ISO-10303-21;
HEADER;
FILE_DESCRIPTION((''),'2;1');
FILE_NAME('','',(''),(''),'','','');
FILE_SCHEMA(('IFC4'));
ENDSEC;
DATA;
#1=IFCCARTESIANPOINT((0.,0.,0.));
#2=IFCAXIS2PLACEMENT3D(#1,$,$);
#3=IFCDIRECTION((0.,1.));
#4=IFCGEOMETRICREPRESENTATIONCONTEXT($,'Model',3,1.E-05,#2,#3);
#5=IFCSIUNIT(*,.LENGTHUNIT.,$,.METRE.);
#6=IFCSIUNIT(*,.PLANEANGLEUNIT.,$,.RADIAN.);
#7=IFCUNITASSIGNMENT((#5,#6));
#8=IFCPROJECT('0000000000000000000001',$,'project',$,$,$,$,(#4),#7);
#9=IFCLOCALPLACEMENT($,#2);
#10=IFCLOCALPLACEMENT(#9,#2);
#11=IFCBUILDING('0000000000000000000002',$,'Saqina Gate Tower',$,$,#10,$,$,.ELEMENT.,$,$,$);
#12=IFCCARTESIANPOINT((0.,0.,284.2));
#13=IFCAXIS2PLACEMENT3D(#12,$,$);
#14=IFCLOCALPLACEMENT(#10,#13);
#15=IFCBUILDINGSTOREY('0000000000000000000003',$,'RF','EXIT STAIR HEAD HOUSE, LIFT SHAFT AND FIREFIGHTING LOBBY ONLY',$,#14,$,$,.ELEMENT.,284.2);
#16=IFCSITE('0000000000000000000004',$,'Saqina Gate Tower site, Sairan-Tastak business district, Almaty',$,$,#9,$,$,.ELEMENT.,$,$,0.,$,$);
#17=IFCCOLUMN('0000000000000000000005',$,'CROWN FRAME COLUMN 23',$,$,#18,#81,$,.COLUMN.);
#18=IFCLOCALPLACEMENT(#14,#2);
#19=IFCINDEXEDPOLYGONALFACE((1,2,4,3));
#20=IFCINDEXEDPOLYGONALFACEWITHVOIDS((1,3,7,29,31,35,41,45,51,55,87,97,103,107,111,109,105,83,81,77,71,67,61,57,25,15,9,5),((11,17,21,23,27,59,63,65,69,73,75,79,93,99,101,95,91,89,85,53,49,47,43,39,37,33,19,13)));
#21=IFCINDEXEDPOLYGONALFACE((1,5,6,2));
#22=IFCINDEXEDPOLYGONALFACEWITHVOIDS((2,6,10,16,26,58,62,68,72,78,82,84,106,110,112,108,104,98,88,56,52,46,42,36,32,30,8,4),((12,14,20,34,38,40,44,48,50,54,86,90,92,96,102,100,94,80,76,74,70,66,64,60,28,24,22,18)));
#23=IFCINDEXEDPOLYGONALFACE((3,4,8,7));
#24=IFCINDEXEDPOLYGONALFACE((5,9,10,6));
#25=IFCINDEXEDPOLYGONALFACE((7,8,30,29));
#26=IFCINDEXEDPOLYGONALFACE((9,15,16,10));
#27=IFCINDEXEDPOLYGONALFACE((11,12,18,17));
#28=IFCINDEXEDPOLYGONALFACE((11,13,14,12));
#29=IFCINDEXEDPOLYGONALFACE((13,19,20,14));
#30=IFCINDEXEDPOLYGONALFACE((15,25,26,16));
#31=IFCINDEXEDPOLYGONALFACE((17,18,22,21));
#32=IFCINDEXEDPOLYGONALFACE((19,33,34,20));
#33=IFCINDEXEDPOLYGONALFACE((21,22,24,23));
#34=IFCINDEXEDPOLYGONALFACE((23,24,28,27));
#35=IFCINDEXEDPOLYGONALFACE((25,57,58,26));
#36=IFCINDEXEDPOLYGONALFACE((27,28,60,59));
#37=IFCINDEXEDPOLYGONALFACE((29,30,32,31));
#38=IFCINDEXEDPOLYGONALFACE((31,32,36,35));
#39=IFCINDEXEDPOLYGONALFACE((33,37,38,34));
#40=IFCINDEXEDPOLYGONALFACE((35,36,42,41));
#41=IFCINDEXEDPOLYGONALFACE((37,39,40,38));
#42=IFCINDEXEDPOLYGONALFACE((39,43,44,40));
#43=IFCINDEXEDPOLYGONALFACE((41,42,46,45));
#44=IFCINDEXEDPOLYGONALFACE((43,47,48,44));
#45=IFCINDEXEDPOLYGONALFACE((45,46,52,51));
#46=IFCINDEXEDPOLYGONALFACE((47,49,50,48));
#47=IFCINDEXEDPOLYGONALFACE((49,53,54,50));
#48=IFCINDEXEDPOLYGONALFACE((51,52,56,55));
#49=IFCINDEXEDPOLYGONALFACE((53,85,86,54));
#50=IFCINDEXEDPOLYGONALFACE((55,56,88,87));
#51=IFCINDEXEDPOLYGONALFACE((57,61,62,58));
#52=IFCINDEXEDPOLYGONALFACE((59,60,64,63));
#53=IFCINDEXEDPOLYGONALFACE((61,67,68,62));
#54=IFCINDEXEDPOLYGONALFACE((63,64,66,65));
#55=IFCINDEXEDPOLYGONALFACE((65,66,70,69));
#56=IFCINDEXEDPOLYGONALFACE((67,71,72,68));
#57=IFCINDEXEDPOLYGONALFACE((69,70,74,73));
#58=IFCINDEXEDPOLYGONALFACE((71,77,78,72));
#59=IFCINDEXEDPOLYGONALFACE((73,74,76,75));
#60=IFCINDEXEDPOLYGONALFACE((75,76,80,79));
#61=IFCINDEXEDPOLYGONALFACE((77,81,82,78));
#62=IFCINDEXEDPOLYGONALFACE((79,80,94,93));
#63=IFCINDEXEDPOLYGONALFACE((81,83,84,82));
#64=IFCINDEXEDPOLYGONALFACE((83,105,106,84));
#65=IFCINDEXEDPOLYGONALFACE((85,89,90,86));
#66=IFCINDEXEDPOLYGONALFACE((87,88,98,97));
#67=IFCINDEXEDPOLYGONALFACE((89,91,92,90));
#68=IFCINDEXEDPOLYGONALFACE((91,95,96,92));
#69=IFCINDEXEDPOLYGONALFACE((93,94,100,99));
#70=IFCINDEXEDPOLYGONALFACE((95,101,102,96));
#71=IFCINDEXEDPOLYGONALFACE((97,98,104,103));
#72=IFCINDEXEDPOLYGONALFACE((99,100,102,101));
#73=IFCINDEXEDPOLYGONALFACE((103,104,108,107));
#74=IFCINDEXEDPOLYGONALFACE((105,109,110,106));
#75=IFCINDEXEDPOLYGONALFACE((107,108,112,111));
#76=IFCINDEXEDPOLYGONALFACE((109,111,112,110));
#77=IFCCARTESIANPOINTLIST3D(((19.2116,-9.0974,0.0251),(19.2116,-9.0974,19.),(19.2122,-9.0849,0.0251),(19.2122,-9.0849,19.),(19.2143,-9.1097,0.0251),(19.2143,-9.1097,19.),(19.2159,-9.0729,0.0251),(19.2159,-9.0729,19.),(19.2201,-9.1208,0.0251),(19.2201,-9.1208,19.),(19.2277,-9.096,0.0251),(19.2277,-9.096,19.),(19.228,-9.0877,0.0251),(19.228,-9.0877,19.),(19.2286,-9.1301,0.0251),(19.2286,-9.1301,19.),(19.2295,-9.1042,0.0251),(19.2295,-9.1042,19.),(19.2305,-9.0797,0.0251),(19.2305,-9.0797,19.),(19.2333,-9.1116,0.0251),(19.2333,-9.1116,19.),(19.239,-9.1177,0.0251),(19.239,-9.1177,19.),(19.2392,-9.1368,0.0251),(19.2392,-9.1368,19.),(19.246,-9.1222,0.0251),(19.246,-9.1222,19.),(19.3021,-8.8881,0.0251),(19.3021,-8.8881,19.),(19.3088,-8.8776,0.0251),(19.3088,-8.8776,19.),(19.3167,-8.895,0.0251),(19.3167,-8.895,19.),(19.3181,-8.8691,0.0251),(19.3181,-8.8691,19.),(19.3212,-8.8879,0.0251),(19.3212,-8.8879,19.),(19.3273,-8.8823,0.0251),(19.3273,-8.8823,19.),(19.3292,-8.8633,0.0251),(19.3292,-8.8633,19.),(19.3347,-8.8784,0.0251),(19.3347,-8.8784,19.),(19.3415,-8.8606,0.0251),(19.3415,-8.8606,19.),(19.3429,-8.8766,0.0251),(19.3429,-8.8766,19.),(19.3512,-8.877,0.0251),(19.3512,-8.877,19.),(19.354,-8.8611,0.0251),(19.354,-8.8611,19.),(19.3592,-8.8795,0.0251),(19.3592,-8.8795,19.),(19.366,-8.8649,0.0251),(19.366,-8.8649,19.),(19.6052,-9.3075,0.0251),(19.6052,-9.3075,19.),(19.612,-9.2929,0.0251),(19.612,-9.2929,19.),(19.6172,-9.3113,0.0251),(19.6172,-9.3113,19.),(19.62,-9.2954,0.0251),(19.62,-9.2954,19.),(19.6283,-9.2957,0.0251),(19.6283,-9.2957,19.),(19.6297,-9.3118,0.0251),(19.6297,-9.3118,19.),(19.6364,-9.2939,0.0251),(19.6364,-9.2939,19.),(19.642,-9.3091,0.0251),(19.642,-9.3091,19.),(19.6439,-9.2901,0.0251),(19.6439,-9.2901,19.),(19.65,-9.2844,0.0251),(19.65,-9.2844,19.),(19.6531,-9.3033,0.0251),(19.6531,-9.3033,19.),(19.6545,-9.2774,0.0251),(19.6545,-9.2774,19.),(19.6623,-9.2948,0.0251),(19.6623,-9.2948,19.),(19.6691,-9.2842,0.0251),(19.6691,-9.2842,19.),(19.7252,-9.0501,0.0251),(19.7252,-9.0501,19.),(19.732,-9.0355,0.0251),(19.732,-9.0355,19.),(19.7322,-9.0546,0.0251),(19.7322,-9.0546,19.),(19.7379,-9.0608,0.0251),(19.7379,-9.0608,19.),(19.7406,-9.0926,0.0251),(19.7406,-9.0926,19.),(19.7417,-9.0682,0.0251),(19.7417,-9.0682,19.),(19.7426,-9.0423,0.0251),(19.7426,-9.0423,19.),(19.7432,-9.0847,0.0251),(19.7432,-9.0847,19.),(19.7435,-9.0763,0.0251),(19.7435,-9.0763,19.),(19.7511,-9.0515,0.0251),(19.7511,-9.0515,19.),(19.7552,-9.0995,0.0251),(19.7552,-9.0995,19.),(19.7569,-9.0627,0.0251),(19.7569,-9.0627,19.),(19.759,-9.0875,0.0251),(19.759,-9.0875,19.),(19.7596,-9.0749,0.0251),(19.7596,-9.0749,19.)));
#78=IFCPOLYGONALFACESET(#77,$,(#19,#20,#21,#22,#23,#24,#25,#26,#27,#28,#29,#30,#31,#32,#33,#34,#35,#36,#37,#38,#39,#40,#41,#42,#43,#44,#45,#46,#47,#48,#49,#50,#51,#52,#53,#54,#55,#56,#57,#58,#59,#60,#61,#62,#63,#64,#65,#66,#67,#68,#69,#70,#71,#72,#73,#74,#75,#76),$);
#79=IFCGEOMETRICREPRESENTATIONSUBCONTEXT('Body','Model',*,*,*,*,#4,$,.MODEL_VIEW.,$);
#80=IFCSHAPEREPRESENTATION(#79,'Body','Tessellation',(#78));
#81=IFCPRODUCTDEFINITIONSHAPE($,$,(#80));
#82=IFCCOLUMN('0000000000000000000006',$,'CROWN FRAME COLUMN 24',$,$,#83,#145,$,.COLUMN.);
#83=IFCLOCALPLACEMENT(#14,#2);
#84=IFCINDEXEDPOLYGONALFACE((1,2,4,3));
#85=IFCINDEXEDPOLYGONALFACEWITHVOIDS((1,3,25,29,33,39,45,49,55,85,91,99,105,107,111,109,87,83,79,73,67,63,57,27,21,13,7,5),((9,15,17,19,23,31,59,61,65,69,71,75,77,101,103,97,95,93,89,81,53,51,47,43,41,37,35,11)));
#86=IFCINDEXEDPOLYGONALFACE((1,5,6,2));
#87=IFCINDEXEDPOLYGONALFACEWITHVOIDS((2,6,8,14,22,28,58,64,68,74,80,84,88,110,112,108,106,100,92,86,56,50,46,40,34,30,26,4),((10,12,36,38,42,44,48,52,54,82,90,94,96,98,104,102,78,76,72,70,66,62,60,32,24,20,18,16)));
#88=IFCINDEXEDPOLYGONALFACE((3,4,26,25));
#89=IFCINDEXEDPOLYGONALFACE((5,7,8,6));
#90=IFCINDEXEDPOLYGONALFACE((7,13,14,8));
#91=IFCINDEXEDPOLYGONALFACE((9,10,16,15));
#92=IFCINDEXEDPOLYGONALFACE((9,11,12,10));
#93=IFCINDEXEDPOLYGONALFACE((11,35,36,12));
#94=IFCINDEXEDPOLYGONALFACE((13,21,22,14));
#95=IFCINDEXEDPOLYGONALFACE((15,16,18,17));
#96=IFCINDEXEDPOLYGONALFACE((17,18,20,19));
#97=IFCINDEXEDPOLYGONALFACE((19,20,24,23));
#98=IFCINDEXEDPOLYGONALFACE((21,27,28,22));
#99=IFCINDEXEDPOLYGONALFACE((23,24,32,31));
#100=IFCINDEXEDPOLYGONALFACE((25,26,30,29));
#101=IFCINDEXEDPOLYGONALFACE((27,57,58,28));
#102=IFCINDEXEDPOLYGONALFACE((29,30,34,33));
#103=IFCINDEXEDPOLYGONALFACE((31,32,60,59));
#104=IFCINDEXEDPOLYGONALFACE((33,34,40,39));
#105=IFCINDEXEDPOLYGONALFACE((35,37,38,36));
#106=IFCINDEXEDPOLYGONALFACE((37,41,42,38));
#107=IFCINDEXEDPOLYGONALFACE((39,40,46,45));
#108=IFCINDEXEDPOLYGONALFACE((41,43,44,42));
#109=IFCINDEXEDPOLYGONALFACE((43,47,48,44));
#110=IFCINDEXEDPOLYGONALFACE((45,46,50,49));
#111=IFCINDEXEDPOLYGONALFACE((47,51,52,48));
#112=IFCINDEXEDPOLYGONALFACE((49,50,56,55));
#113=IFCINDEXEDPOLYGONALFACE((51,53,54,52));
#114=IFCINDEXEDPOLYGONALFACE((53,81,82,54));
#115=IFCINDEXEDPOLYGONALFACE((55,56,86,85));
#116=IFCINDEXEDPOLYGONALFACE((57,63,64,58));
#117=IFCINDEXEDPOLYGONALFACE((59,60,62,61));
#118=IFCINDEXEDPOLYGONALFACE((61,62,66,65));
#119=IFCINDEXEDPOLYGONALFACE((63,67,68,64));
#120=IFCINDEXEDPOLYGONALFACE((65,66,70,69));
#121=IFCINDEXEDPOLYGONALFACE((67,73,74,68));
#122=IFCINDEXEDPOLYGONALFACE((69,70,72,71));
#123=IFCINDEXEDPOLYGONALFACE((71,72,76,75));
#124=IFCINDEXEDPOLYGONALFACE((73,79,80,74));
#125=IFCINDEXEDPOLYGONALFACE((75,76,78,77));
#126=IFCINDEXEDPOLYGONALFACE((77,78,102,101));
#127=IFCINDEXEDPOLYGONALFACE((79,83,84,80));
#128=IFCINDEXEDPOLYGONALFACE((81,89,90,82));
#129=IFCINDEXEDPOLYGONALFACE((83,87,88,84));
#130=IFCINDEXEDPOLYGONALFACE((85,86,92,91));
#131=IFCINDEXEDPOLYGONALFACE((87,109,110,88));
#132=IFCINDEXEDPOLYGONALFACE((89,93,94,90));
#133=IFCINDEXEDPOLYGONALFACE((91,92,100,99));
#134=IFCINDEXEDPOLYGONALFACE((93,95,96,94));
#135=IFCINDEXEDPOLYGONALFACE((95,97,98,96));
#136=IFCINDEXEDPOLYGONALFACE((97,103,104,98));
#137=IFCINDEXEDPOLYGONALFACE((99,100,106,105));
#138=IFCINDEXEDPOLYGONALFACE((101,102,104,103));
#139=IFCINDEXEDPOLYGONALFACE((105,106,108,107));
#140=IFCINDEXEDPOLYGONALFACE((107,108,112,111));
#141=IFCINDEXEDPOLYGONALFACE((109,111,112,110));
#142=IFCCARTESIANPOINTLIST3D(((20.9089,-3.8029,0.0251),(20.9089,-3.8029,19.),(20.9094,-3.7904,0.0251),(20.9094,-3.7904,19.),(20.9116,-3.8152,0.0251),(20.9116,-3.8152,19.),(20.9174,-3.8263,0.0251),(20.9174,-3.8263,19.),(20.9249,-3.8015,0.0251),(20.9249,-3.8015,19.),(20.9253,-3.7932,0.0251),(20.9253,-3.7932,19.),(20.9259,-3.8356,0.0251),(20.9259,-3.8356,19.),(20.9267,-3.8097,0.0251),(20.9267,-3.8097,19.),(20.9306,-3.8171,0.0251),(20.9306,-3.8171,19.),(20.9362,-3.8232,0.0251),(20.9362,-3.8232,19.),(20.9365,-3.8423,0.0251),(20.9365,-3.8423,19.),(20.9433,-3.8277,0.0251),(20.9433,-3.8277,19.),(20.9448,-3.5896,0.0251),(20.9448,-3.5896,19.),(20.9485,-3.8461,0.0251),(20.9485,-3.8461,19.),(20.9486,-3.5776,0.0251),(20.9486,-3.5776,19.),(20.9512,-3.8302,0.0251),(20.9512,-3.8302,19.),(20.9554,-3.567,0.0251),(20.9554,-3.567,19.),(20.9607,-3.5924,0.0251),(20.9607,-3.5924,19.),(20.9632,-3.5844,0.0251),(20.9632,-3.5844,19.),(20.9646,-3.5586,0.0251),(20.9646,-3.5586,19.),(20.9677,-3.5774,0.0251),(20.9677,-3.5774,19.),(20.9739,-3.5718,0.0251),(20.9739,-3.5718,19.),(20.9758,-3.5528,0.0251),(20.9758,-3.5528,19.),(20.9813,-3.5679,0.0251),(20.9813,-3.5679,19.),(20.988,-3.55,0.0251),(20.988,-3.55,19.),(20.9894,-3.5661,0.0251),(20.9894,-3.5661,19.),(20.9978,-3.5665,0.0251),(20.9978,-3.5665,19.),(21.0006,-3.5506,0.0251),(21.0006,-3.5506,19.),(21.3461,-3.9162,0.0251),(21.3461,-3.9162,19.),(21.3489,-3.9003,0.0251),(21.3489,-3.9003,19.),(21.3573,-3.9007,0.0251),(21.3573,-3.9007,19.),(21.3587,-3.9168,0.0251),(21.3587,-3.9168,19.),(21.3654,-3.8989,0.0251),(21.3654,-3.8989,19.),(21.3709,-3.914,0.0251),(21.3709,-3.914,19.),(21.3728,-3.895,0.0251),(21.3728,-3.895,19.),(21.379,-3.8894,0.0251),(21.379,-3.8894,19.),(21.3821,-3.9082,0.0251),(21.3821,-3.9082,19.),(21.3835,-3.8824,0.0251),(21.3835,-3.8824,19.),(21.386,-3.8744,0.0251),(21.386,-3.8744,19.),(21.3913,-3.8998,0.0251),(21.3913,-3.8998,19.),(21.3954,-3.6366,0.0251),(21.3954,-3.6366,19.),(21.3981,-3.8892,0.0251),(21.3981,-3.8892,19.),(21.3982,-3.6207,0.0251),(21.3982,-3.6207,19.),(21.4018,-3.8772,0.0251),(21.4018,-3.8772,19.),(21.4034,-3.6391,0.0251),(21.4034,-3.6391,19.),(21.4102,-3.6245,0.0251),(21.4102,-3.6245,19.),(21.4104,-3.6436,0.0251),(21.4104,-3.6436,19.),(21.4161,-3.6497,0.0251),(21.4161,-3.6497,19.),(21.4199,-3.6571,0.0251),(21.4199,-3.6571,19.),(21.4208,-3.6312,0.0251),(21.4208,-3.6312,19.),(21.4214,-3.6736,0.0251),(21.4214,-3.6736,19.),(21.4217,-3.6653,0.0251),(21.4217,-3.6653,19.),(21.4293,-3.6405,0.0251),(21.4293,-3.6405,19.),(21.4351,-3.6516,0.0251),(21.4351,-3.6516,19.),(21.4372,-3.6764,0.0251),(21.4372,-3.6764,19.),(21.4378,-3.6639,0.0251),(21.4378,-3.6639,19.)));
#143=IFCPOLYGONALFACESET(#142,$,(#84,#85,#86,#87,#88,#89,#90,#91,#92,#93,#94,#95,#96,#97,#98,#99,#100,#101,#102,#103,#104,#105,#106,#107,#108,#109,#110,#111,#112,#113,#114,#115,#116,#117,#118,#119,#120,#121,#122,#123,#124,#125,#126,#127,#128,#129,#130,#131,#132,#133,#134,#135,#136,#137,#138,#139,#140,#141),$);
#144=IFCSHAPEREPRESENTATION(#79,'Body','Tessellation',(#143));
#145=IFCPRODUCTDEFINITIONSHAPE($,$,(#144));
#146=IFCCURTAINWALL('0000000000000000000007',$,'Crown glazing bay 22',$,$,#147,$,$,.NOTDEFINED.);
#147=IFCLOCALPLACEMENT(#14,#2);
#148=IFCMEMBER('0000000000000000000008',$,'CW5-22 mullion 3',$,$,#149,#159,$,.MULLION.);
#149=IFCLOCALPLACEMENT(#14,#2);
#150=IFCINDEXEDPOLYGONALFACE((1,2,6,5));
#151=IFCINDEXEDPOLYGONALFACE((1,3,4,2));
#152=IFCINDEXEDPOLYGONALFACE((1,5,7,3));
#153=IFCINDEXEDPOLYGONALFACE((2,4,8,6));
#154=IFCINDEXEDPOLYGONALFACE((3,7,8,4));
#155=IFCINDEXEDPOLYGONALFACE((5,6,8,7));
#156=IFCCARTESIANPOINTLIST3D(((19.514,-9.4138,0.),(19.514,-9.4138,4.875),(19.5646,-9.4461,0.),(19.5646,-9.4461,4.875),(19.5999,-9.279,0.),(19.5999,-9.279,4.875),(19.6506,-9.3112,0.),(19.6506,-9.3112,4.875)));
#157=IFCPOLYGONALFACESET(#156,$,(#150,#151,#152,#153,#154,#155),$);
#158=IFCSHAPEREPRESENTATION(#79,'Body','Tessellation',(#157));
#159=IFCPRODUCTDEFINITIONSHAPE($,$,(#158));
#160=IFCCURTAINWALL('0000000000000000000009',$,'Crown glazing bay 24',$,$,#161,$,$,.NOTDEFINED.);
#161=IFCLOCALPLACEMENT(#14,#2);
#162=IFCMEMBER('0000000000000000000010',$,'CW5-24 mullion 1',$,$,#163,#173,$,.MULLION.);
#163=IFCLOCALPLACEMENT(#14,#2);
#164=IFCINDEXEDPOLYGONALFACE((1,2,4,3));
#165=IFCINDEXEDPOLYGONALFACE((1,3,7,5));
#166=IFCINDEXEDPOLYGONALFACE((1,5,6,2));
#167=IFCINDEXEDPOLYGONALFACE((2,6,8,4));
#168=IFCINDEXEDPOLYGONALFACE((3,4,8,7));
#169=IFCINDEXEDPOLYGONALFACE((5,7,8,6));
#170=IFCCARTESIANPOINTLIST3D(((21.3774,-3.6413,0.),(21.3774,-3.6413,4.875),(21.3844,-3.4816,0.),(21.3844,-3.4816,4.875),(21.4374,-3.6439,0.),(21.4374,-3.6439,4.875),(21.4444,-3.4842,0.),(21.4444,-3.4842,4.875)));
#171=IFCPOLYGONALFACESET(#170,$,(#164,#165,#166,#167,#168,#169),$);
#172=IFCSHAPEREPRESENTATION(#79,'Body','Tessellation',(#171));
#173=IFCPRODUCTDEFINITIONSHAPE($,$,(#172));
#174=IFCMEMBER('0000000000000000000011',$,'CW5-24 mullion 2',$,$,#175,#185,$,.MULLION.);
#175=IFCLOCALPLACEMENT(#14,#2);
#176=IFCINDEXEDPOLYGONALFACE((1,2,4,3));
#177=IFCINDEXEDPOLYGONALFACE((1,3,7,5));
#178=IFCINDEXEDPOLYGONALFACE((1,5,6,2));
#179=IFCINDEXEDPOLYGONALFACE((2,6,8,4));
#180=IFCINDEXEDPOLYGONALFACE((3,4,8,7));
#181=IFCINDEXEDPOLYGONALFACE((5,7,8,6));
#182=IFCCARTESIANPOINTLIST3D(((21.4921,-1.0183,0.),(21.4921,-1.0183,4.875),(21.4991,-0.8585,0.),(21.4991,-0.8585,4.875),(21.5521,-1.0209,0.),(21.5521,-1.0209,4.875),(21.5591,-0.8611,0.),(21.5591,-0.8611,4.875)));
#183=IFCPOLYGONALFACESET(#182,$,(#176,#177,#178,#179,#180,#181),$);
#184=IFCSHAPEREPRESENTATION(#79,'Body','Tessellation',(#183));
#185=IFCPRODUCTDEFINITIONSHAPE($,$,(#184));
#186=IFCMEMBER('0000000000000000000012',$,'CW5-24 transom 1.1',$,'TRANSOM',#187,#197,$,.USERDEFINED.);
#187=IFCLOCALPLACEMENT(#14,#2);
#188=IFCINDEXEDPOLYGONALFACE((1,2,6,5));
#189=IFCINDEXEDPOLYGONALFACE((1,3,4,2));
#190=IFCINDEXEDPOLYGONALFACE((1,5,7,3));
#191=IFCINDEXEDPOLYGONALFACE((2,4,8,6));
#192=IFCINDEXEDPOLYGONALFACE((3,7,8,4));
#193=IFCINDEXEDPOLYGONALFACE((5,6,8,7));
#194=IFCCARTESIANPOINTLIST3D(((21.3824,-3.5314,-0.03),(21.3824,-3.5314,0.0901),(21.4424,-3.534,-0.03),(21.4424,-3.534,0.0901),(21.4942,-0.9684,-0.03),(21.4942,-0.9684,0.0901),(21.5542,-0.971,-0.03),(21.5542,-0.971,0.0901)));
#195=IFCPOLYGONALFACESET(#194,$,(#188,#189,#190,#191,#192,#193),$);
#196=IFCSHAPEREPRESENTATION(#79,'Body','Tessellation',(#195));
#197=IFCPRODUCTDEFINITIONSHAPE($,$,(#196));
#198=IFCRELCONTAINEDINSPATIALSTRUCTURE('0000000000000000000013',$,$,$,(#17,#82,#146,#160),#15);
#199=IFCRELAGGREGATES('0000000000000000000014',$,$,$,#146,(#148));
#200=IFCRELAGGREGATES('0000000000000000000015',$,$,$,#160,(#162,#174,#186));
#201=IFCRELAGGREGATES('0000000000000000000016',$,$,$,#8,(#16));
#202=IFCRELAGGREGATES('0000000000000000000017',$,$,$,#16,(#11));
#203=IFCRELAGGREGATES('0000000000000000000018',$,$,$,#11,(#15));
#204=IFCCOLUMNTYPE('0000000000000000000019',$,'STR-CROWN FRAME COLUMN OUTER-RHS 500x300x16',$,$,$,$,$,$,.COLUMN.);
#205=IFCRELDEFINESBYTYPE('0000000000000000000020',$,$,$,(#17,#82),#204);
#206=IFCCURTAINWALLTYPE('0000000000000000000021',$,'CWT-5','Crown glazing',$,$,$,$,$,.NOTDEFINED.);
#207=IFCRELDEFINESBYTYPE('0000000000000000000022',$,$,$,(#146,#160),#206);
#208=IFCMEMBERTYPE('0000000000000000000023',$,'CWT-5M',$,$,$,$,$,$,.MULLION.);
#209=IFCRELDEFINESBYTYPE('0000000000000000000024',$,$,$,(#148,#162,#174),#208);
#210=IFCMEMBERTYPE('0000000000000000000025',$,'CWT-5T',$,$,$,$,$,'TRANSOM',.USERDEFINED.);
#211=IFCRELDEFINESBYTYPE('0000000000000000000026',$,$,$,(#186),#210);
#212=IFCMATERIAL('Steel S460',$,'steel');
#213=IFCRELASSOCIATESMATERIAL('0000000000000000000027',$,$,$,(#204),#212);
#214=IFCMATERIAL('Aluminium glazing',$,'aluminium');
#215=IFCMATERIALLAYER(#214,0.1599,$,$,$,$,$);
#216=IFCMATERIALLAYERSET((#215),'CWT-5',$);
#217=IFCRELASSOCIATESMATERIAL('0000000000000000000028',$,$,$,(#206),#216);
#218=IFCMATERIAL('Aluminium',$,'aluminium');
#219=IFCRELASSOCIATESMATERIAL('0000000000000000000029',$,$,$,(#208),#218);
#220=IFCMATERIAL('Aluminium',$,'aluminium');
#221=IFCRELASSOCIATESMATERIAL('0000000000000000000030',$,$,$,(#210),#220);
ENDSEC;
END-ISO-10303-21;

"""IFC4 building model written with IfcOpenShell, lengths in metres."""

from ifc_helpers import new_model, si_unit, direction, frame, origin, origin_2d, place, context, subcontext, project, spatial, rectangle, hollow_rectangle, extrude, material, layer, layer_set, material_profile, profile_set, type_object, element, aggregate, save


model = new_model("IFC4")

# Units and contexts
model_context = context("Model", 3, precision=1e-05, world=origin(), true_north=direction((0.0, 1.0)))
body_context = subcontext(model_context, "Body", "Model", "MODEL_VIEW")
ifc_project = project(units=[si_unit("LENGTHUNIT", "METRE"), si_unit("PLANEANGLEUNIT", "RADIAN")], contexts=[model_context])

# Site, building, storey
site_placement = place(None, origin())
site = spatial("IfcSite", under=ifc_project, at=site_placement, Name="Saqina Gate Tower site, Sairan-Tastak business district, Almaty", CompositionType="ELEMENT", RefElevation=0.0)
building_placement = place(site_placement, origin())
building = spatial("IfcBuilding", under=site, at=building_placement, Name="Saqina Gate Tower", CompositionType="ELEMENT")
storey_placement = place(building_placement, frame((0.0, 0.0, 284.2)))
storey = spatial("IfcBuildingStorey", under=building, at=storey_placement, Name="RF", Description="EXIT STAIR HEAD HOUSE, LIFT SHAFT AND FIREFIGHTING LOBBY ONLY", CompositionType="ELEMENT", Elevation=284.2)

# Columns
ifc_material_1 = material(Name="Steel S460", Category="steel")
ifc_material_profile_1 = material_profile(ifc_material_1, hollow_rectangle(XDim=0.3, YDim=0.5, WallThickness=0.0161, InnerFilletRadius=0.032, OuterFilletRadius=0.0481, at=origin_2d()), Name="RHS 500x300x16")
ifc_profile_set_1 = profile_set([ifc_material_profile_1], Name="Steel S460")
column_type = type_object("IfcColumnType", Name="STR-CROWN FRAME COLUMN OUTER-RHS 500x300x16", PredefinedType="COLUMN", material=ifc_profile_set_1)
for number, where, z_axis, x_axis, name in (
    (1, (19.4856, -9.0862, 0.0251), (0.0, 0.0, 1.0), (0.422618, 0.906308, 0.0), "CROWN FRAME COLUMN 23"),
    (2, (21.1733, -3.7334, 0.0251), (0.0, 0.0, 1.0), (0.173648, 0.984808, 0.0), "CROWN FRAME COLUMN 24"),
):
    element("IfcColumn", number, at=place(storey_placement, frame(where, z_axis=z_axis, x_axis=x_axis)), inside=storey, type_object=column_type, Name=name, PredefinedType="COLUMN", context=body_context, shape_type="SweptSolid", body=[
        extrude(hollow_rectangle(XDim=0.3, YDim=0.5, WallThickness=0.0161, InnerFilletRadius=0.032, OuterFilletRadius=0.0481, at=origin_2d()), origin(), (0.0, 0.0, 1.0), 18.9749),
    ])

# Curtain wall, member
ifc_material_2 = material(Name="Aluminium glazing", Category="aluminium")
ifc_layer_1 = layer(ifc_material_2, 0.1599)
ifc_layer_set_1 = layer_set([ifc_layer_1], Name="CWT-5")
curtain_wall_type = type_object("IfcCurtainWallType", Name="CWT-5", Description="Crown glazing", PredefinedType="NOTDEFINED", material=ifc_layer_set_1)
curtain_wall_1_placement = place(storey_placement, origin())
curtain_wall_1 = element("IfcCurtainWall", 3, at=curtain_wall_1_placement, inside=storey, type_object=curtain_wall_type, Name="Crown glazing bay 22", PredefinedType="NOTDEFINED")
ifc_material_3 = material(Name="Aluminium", Category="aluminium")
ifc_material_profile_2 = material_profile(ifc_material_3, rectangle(XDim=0.0601, YDim=0.1599, at=origin_2d()), Name="Aluminium 60x160")
ifc_profile_set_2 = profile_set([ifc_material_profile_2], Name="Aluminium")
member_type_1 = type_object("IfcMemberType", Name="CWT-5M", PredefinedType="MULLION", material=ifc_profile_set_2)
member_1_placement = place(storey_placement, frame((19.5823, -9.3625, 0.0), z_axis=(0.0, 0.0, 1.0), x_axis=(-0.843395, 0.537295, 0.0)))
member_1 = element("IfcMember", 4, at=member_1_placement, type_object=member_type_1, Name="CW5-22 mullion 3", PredefinedType="MULLION", context=body_context, shape_type="SweptSolid", body=[
    extrude(rectangle(XDim=0.0601, YDim=0.1599, at=origin_2d()), origin(), (0.0, 0.0, 1.0), 4.875),
])
aggregate(curtain_wall_1, [member_1])

# Curtain wall, members
curtain_wall_2_placement = place(storey_placement, origin())
curtain_wall_2 = element("IfcCurtainWall", 5, at=curtain_wall_2_placement, inside=storey, type_object=curtain_wall_type, Name="Crown glazing bay 24", PredefinedType="NOTDEFINED")
member_2_placement = place(storey_placement, frame((21.4109, -3.5627, 0.0), z_axis=(0.0, 0.0, 1.0), x_axis=(-0.999048, 0.043629, 0.0)))
member_2 = element("IfcMember", 6, at=member_2_placement, type_object=member_type_1, Name="CW5-24 mullion 1", PredefinedType="MULLION", context=body_context, shape_type="SweptSolid", body=[
    extrude(rectangle(XDim=0.0601, YDim=0.1599, at=origin_2d()), origin(), (0.0, 0.0, 1.0), 4.875),
])
member_3_placement = place(storey_placement, frame((21.5256, -0.9397, 0.0), z_axis=(0.0, 0.0, 1.0), x_axis=(-0.999048, 0.043629, 0.0)))
member_3 = element("IfcMember", 7, at=member_3_placement, type_object=member_type_1, Name="CW5-24 mullion 2", PredefinedType="MULLION", context=body_context, shape_type="SweptSolid", body=[
    extrude(rectangle(XDim=0.0601, YDim=0.1599, at=origin_2d()), origin(), (0.0, 0.0, 1.0), 4.875),
])
ifc_material_4 = material(Name="Aluminium", Category="aluminium")
ifc_material_profile_3 = material_profile(ifc_material_4, rectangle(XDim=0.0601, YDim=0.1201, at=origin_2d()), Name="Aluminium 60x120")
ifc_profile_set_3 = profile_set([ifc_material_profile_3], Name="Aluminium")
member_type_2 = type_object("IfcMemberType", Name="CWT-5T", ElementType="TRANSOM", PredefinedType="USERDEFINED", material=ifc_profile_set_3)
member_4_placement = place(storey_placement, frame((21.4124, -3.5327, 0.03), z_axis=(0.043586, 0.99905, 0.0), x_axis=(-0.99905, 0.043586, 0.0)))
member_4 = element("IfcMember", 8, at=member_4_placement, type_object=member_type_2, Name="CW5-24 transom 1.1", ObjectType="TRANSOM", PredefinedType="USERDEFINED", context=body_context, shape_type="SweptSolid", body=[
    extrude(rectangle(XDim=0.0601, YDim=0.1201, at=origin_2d()), origin(), (0.0, 0.0, 1.0), 2.5654),
])

aggregate(curtain_wall_2, [member_2, member_3, member_4])

save(model, "model.ifc")
